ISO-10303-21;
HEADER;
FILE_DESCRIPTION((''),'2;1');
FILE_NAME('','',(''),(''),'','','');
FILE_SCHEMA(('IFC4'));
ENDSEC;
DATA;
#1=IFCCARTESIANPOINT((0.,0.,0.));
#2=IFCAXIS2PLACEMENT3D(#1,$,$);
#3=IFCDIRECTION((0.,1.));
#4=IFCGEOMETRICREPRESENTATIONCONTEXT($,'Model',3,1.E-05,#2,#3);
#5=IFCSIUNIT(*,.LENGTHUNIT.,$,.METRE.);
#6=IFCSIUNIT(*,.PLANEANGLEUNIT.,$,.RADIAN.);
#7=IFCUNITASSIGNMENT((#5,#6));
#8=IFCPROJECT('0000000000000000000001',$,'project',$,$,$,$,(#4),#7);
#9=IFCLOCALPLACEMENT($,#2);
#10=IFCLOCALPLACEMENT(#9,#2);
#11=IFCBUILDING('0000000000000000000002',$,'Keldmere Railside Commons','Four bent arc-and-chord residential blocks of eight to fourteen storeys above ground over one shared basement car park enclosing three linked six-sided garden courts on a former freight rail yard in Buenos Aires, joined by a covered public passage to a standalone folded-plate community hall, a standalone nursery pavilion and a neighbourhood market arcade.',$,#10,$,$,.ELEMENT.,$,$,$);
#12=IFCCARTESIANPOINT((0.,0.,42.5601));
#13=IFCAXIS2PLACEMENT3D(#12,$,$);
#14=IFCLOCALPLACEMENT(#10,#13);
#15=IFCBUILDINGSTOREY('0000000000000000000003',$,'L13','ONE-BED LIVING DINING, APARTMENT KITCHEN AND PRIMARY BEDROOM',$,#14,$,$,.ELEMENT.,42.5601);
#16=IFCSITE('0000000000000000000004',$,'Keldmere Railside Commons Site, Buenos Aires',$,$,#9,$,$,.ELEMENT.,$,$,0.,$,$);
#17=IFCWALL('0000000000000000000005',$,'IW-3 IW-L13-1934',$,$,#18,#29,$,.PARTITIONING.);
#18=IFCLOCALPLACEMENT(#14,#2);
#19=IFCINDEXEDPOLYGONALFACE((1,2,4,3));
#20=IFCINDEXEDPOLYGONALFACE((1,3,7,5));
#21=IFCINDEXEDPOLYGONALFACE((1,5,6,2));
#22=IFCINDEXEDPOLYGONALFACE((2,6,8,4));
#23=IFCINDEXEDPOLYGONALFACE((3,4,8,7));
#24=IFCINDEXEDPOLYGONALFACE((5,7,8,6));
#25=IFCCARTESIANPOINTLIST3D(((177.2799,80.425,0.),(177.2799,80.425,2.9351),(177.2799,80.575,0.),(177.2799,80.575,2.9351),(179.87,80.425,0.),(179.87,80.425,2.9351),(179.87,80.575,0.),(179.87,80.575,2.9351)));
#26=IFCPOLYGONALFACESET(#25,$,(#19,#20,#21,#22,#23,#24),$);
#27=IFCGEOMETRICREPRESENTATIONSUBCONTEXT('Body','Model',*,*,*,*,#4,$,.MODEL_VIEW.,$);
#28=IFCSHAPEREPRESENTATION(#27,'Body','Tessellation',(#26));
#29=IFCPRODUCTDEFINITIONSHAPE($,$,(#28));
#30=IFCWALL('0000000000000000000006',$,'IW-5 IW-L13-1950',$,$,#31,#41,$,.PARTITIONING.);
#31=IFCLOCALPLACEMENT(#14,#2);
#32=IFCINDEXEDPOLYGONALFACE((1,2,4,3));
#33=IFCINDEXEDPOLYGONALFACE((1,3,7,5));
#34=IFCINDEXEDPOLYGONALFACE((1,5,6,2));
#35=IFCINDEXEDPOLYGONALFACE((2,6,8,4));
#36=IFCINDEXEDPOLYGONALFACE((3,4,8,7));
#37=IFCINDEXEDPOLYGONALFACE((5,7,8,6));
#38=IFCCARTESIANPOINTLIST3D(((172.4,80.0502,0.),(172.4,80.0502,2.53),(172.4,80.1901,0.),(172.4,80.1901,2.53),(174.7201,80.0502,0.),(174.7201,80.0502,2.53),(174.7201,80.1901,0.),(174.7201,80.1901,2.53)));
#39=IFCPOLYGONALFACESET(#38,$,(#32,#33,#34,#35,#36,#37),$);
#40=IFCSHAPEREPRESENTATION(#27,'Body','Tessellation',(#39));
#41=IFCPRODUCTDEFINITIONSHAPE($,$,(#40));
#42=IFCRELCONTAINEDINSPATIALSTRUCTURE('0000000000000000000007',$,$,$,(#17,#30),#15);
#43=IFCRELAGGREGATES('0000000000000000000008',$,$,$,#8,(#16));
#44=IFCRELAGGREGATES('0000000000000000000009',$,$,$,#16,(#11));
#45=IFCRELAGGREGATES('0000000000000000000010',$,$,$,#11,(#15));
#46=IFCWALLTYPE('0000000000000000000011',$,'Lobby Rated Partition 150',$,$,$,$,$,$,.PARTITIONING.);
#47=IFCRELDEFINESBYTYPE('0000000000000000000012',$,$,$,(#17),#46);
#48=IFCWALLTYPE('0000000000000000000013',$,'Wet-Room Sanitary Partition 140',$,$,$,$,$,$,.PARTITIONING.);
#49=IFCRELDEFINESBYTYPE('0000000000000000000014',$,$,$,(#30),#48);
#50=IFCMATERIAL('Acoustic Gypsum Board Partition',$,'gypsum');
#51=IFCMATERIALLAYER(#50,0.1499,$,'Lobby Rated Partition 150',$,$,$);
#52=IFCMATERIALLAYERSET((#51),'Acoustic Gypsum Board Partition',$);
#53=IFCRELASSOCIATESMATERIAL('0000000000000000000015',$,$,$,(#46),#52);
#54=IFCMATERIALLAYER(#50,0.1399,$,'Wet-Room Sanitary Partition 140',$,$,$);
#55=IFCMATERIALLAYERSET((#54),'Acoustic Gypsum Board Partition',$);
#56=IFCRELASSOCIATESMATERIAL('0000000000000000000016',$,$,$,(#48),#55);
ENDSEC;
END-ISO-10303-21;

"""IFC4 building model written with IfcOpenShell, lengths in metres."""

from ifc_helpers import new_model, si_unit, direction, frame, frame_2d, origin, place, context, subcontext, project, spatial, rectangle, extrude, material, layer, layer_set, type_object, element, save


model = new_model("IFC4")

# Units and contexts
model_context = context("Model", 3, precision=1e-05, world=origin(), true_north=direction((0.0, 1.0)))
body_context = subcontext(model_context, "Body", "Model", "MODEL_VIEW")
ifc_project = project(units=[si_unit("LENGTHUNIT", "METRE"), si_unit("PLANEANGLEUNIT", "RADIAN")], contexts=[model_context])

# Site, building, storey
site_placement = place(None, origin())
site = spatial("IfcSite", under=ifc_project, at=site_placement, Name="Keldmere Railside Commons Site, Buenos Aires", CompositionType="ELEMENT", RefElevation=0.0)
building_placement = place(site_placement, origin())
building = spatial("IfcBuilding", under=site, at=building_placement, Name="Keldmere Railside Commons", Description="Four bent arc-and-chord residential blocks of eight to fourteen storeys above ground over one shared basement car park enclosing three linked six-sided garden courts on a former freight rail yard in Buenos Aires, joined by a covered public passage to a standalone folded-plate community hall, a standalone nursery pavilion and a neighbourhood market arcade.", CompositionType="ELEMENT")
storey_placement = place(building_placement, frame((0.0, 0.0, 42.5601)))
storey = spatial("IfcBuildingStorey", under=building, at=storey_placement, Name="L13", Description="ONE-BED LIVING DINING, APARTMENT KITCHEN AND PRIMARY BEDROOM", CompositionType="ELEMENT", Elevation=42.5601)

# Shared definitions
ifc_material_1 = material(Name="Acoustic Gypsum Board Partition", Category="gypsum")

# Walls
ifc_layer_1 = layer(ifc_material_1, 0.1499, Name="Lobby Rated Partition 150")
ifc_layer_set_1 = layer_set([ifc_layer_1], Name="Acoustic Gypsum Board Partition")
wall_type_1 = type_object("IfcWallType", Name="Lobby Rated Partition 150", PredefinedType="PARTITIONING", material=ifc_layer_set_1)
wall_1_placement = place(storey_placement, frame((177.28, 80.5, 0.0), z_axis=(0.0, 0.0, 1.0), x_axis=(1.0, 0.0, 0.0)))
element("IfcWall", 1, at=wall_1_placement, inside=storey, type_object=wall_type_1, Name="IW-3 IW-L13-1934", PredefinedType="PARTITIONING", context=body_context, shape_type="SweptSolid", body=[
    extrude(rectangle(XDim=2.5901, YDim=0.1499, at=frame_2d((1.2949, 0.0))), origin(), (0.0, 0.0, 1.0), 2.9351),
])
ifc_layer_2 = layer(ifc_material_1, 0.1399, Name="Wet-Room Sanitary Partition 140")
ifc_layer_set_2 = layer_set([ifc_layer_2], Name="Acoustic Gypsum Board Partition")
wall_type_2 = type_object("IfcWallType", Name="Wet-Room Sanitary Partition 140", PredefinedType="PARTITIONING", material=ifc_layer_set_2)
wall_2_placement = place(storey_placement, frame((172.3999, 80.1201, 0.0), z_axis=(0.0, 0.0, 1.0), x_axis=(1.0, 0.0, 0.0)))
element("IfcWall", 2, at=wall_2_placement, inside=storey, type_object=wall_type_2, Name="IW-5 IW-L13-1950", PredefinedType="PARTITIONING", context=body_context, shape_type="SweptSolid", body=[
    extrude(rectangle(XDim=2.3201, YDim=0.1399, at=frame_2d((1.1602, 0.0))), origin(), (0.0, 0.0, 1.0), 2.53),
])

save(model, "model.ifc")
